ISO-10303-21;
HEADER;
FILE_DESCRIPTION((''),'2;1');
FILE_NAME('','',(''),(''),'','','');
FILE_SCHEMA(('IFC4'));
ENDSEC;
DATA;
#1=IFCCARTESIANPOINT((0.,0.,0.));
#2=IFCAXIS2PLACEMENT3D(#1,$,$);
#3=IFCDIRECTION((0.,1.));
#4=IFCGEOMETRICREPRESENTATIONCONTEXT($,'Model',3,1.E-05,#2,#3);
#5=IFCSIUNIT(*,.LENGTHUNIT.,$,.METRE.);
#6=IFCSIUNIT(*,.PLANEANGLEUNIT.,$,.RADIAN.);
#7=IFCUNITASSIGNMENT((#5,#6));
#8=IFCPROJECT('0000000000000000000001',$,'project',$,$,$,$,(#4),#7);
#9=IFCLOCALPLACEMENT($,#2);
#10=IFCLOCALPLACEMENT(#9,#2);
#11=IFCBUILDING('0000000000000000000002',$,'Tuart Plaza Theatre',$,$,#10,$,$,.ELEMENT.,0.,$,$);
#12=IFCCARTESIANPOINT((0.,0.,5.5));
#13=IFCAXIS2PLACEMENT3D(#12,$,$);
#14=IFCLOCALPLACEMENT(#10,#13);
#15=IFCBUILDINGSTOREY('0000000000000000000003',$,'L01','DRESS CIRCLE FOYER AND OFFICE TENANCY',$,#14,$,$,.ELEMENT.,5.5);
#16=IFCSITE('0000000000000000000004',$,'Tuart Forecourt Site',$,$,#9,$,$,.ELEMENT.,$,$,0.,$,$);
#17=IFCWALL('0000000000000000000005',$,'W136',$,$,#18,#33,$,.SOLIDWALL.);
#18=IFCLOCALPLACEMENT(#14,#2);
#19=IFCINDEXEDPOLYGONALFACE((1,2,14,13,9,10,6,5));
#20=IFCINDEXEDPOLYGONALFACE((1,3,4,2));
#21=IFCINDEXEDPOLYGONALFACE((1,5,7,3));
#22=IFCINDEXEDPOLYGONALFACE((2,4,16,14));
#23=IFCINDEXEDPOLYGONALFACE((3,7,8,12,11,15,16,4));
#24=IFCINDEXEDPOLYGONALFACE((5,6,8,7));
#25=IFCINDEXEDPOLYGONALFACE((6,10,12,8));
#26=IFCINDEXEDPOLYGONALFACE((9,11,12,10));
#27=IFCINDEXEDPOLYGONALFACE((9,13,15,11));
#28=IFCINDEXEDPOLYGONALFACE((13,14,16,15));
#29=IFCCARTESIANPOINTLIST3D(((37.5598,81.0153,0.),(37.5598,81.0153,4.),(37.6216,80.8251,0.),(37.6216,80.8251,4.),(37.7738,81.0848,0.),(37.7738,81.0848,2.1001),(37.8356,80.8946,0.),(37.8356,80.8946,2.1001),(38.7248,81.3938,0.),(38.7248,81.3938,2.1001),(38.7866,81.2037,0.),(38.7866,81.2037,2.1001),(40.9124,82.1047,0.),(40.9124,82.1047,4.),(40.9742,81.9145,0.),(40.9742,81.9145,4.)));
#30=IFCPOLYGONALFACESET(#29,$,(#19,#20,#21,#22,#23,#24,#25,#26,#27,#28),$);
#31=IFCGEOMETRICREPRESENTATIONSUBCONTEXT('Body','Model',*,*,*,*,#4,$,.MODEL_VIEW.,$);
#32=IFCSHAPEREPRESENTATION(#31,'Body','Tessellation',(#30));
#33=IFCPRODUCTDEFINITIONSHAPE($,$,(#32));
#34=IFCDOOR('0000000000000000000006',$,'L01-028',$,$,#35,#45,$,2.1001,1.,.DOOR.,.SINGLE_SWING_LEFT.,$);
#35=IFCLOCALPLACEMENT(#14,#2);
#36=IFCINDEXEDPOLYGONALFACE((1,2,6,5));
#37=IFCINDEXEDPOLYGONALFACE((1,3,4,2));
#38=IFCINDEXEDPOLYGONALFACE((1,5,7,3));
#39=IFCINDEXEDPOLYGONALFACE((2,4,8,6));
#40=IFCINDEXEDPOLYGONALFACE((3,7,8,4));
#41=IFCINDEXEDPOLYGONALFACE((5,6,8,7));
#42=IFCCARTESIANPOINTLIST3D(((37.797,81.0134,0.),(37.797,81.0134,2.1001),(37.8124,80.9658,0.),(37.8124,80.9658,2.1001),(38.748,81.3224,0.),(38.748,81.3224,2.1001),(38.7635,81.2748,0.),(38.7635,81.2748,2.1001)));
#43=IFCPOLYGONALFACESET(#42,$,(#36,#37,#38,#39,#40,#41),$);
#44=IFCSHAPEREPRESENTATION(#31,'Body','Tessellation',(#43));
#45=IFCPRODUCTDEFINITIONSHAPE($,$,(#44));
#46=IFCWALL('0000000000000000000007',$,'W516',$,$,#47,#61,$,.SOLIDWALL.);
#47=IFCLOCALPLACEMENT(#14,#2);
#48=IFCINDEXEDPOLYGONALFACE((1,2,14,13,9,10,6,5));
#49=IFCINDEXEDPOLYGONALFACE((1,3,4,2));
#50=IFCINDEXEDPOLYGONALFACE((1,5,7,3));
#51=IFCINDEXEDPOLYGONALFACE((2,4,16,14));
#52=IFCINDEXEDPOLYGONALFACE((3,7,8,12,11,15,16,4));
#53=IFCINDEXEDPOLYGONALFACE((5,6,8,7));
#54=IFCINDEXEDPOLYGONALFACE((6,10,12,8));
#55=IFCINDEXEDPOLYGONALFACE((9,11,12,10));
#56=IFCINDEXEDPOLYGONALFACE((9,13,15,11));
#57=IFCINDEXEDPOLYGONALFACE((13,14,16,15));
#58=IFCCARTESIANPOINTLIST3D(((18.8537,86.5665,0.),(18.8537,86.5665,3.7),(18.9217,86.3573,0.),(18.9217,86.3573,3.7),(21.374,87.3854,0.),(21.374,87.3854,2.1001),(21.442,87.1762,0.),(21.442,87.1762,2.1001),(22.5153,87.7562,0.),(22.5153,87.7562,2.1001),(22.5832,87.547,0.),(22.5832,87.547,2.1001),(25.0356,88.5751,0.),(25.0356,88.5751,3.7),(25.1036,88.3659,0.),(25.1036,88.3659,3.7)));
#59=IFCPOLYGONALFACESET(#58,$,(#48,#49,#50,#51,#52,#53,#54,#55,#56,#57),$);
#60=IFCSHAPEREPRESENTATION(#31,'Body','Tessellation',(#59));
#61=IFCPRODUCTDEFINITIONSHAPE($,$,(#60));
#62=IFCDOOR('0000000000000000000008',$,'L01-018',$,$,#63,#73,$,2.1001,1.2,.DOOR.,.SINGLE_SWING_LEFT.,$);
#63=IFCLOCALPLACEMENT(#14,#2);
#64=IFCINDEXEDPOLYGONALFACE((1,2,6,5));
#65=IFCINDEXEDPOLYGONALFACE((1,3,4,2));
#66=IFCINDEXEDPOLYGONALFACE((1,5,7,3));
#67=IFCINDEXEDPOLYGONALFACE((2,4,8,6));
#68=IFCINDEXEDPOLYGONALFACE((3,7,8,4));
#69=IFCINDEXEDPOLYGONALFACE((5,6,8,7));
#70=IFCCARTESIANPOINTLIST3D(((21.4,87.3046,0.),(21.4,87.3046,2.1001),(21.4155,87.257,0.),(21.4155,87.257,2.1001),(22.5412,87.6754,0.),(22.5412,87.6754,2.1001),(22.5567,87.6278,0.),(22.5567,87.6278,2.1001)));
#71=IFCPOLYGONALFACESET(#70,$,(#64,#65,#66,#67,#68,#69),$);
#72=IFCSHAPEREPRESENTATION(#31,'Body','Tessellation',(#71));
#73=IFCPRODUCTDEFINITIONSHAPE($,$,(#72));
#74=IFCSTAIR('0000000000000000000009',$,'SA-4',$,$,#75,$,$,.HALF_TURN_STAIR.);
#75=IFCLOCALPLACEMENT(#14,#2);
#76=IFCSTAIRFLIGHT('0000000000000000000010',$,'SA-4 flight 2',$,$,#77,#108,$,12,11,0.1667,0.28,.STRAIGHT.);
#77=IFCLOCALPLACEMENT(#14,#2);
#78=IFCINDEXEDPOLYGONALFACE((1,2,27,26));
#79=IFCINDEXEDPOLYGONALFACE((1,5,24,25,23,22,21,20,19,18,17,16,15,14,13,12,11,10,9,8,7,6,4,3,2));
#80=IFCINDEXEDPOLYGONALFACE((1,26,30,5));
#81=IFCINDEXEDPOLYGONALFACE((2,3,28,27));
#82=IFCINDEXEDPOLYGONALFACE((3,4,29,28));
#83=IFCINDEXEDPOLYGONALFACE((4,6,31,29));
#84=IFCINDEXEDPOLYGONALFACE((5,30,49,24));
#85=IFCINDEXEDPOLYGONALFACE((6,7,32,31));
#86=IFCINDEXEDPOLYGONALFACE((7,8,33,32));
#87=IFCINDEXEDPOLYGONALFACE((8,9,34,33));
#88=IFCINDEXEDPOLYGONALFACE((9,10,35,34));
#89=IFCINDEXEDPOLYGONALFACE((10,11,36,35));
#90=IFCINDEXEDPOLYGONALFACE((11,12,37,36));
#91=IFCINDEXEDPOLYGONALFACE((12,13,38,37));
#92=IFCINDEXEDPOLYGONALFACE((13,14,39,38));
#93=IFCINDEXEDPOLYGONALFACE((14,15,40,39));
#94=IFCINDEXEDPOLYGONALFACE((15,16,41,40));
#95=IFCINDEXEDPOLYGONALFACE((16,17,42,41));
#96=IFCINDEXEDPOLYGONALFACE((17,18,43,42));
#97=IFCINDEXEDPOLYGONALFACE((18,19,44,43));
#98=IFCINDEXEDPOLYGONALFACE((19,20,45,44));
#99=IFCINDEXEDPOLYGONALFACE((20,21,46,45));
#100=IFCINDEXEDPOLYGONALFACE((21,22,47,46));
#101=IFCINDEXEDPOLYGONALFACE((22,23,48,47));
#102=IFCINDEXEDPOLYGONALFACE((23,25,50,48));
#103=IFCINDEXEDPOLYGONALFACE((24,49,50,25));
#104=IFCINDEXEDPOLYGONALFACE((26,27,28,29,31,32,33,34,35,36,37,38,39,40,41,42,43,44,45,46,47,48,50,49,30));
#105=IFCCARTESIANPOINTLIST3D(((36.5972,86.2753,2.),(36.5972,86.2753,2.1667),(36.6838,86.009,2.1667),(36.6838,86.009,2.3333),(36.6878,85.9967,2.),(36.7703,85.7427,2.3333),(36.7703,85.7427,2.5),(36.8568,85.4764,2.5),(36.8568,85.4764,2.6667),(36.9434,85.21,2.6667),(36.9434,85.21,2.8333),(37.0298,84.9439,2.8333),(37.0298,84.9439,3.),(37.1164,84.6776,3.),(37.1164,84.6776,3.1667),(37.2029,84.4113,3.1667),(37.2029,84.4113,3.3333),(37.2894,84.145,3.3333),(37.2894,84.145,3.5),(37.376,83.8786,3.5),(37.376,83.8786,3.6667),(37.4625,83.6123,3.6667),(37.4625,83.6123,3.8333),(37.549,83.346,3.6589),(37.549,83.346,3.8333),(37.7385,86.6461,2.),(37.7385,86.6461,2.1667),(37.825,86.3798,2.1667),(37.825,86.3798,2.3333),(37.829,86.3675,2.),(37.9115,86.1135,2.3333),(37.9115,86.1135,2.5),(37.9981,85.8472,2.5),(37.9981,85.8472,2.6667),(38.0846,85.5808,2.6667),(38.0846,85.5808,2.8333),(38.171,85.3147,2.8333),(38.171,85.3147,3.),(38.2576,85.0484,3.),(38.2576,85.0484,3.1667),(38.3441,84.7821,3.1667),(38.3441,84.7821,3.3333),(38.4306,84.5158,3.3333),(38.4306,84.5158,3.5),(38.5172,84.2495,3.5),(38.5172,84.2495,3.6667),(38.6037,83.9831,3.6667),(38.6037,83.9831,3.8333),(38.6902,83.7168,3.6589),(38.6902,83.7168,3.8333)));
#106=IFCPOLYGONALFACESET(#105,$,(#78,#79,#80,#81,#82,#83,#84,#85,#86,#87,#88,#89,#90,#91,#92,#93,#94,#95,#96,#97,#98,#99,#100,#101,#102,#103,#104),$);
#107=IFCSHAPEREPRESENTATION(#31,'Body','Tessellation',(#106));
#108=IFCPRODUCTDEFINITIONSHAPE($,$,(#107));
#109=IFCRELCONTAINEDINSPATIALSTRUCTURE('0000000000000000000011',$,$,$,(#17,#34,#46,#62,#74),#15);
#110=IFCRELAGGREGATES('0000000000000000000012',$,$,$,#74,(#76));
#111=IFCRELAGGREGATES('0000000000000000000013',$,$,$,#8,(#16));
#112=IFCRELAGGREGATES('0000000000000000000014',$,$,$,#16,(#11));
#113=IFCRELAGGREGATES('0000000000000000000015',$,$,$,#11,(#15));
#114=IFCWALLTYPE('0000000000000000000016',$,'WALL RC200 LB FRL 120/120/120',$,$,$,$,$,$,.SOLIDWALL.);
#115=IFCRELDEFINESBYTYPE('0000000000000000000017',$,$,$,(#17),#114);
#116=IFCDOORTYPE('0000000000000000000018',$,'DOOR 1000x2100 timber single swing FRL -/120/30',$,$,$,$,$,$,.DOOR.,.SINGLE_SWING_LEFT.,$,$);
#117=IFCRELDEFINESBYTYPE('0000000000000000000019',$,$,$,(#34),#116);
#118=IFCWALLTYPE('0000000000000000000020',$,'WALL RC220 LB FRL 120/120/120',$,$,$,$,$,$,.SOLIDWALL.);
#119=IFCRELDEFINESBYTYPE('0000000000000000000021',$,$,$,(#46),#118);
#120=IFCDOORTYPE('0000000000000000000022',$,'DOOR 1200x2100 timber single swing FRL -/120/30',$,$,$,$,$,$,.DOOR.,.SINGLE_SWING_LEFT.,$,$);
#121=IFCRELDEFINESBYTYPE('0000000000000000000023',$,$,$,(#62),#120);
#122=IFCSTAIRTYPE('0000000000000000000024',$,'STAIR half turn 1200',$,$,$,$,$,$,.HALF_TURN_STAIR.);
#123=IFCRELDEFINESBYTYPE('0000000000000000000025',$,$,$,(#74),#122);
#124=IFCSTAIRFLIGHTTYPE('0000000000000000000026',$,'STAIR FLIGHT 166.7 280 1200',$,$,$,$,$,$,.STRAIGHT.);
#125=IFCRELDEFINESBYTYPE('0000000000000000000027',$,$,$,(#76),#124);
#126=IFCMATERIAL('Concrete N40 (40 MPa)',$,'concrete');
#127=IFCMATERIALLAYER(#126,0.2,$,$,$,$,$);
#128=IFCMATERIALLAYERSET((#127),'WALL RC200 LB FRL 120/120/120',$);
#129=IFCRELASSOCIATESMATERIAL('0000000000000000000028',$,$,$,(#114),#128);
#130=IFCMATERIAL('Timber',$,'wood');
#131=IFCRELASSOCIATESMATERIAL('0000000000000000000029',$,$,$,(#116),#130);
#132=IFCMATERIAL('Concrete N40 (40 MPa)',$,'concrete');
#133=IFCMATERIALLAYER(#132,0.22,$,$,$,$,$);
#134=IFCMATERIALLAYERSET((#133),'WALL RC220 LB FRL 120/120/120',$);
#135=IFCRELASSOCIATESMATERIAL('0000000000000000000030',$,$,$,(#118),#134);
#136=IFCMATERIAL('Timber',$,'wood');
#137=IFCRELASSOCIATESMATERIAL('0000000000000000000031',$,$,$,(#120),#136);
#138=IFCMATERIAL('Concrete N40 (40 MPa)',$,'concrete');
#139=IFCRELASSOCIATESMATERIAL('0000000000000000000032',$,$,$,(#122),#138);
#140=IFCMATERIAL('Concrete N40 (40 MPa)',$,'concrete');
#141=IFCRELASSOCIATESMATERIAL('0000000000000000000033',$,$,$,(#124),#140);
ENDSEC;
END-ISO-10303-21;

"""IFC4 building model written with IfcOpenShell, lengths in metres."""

from ifc_helpers import new_model, si_unit, direction, frame, frame_2d, origin, place, context, subcontext, project, spatial, polyline, rectangle, outline, extrude, material, layer, layer_set, type_object, element, fill, aggregate, save


model = new_model("IFC4")

# Units and contexts
model_context = context("Model", 3, precision=1e-05, world=origin(), true_north=direction((0.0, 1.0)))
body_context = subcontext(model_context, "Body", "Model", "MODEL_VIEW")
ifc_project = project(units=[si_unit("LENGTHUNIT", "METRE"), si_unit("PLANEANGLEUNIT", "RADIAN")], contexts=[model_context])

# Site, building, storey
site_placement = place(None, origin())
site = spatial("IfcSite", under=ifc_project, at=site_placement, Name="Tuart Forecourt Site", CompositionType="ELEMENT", RefElevation=0.0)
building_placement = place(site_placement, origin())
building = spatial("IfcBuilding", under=site, at=building_placement, Name="Tuart Plaza Theatre", CompositionType="ELEMENT", ElevationOfRefHeight=0.0)
storey_placement = place(building_placement, frame((0.0, 0.0, 5.5)))
storey = spatial("IfcBuildingStorey", under=building, at=storey_placement, Name="L01", Description="DRESS CIRCLE FOYER AND OFFICE TENANCY", CompositionType="ELEMENT", Elevation=5.5)

# Walls, openings, doors
ifc_material_1 = material(Name="Concrete N40 (40 MPa)", Category="concrete")
ifc_layer_1 = layer(ifc_material_1, 0.2)
ifc_layer_set_1 = layer_set([ifc_layer_1], Name="WALL RC200 LB FRL 120/120/120")
wall_type_1 = type_object("IfcWallType", Name="WALL RC200 LB FRL 120/120/120", PredefinedType="SOLIDWALL", material=ifc_layer_set_1)
wall_1_placement = place(storey_placement, frame((37.5906, 80.9202, 0.0), z_axis=(0.0, 0.0, 1.0), x_axis=(0.951052, 0.30903, 0.0)))
wall_1 = element("IfcWall", 1, at=wall_1_placement, inside=storey, type_object=wall_type_1, Name="W136", PredefinedType="SOLIDWALL", context=body_context, shape_type="SweptSolid", body=[
    extrude(rectangle(XDim=3.5251, YDim=0.2, at=frame_2d((1.7627, 0.0))), origin(), (0.0, 0.0, 1.0), 4.0),
])
opening_1_placement = place(wall_1_placement, frame((0.2251, 0.0, 0.0)))
opening_1 = element("IfcOpeningElement", 2, at=opening_1_placement, cuts=wall_1, PredefinedType="OPENING", context=body_context, shape_type="SweptSolid", body=[
    extrude(rectangle(XDim=1.0, YDim=2.1001, at=frame_2d((0.5, 1.05))), frame((0.0, 0.1099, 0.0), z_axis=(0.0, -1.0, 0.0), x_axis=(1.0, 0.0, 0.0)), (0.0, 0.0, 1.0), 0.22),
])
ifc_material_2 = material(Name="Timber", Category="wood")
door_type_1 = type_object("IfcDoorType", Name="DOOR 1000x2100 timber single swing FRL -/120/30", OperationType="SINGLE_SWING_LEFT", PredefinedType="DOOR", material=ifc_material_2)
door_1_placement = place(opening_1_placement, origin())
door_1 = element("IfcDoor", 3, at=door_1_placement, inside=storey, type_object=door_type_1, Name="L01-028", OperationType="SINGLE_SWING_LEFT", OverallHeight=2.1001, OverallWidth=1.0, PredefinedType="DOOR", context=body_context, shape_type="SweptSolid", body=[
    extrude(rectangle(XDim=1.0, YDim=2.1001, at=frame_2d((0.5, 1.05))), frame((0.0, 0.0249, 0.0), z_axis=(0.0, -1.0, 0.0), x_axis=(1.0, 0.0, 0.0)), (0.0, 0.0, 1.0), 0.05),
])
fill(opening_1, door_1)
ifc_material_3 = material(Name="Concrete N40 (40 MPa)", Category="concrete")
ifc_layer_2 = layer(ifc_material_3, 0.22)
ifc_layer_set_2 = layer_set([ifc_layer_2], Name="WALL RC220 LB FRL 120/120/120")
wall_type_2 = type_object("IfcWallType", Name="WALL RC220 LB FRL 120/120/120", PredefinedType="SOLIDWALL", material=ifc_layer_set_2)
wall_2_placement = place(storey_placement, frame((18.8877, 86.4619, 0.0), z_axis=(0.0, 0.0, 1.0), x_axis=(0.95106, 0.309007, 0.0)))
wall_2 = element("IfcWall", 4, at=wall_2_placement, inside=storey, type_object=wall_type_2, Name="W516", PredefinedType="SOLIDWALL", context=body_context, shape_type="SweptSolid", body=[
    extrude(rectangle(XDim=6.5, YDim=0.22, at=frame_2d((3.25, 0.0))), origin(), (0.0, 0.0, 1.0), 3.7),
])
opening_2_placement = place(wall_2_placement, frame((2.6499, 0.0, 0.0)))
opening_2 = element("IfcOpeningElement", 5, at=opening_2_placement, cuts=wall_2, PredefinedType="OPENING", context=body_context, shape_type="SweptSolid", body=[
    extrude(rectangle(XDim=1.2, YDim=2.1001, at=frame_2d((0.6001, 1.05))), frame((0.0, 0.1199, 0.0), z_axis=(0.0, -1.0, 0.0), x_axis=(1.0, 0.0, 0.0)), (0.0, 0.0, 1.0), 0.24),
])
ifc_material_4 = material(Name="Timber", Category="wood")
door_type_2 = type_object("IfcDoorType", Name="DOOR 1200x2100 timber single swing FRL -/120/30", OperationType="SINGLE_SWING_LEFT", PredefinedType="DOOR", material=ifc_material_4)
door_2_placement = place(opening_2_placement, frame((1.2, 0.0, 0.0), z_axis=(0.0, 0.0, 1.0), x_axis=(-1.0, 0.0, 0.0)))
door_2 = element("IfcDoor", 6, at=door_2_placement, inside=storey, type_object=door_type_2, Name="L01-018", OperationType="SINGLE_SWING_LEFT", OverallHeight=2.1001, OverallWidth=1.2, PredefinedType="DOOR", context=body_context, shape_type="SweptSolid", body=[
    extrude(rectangle(XDim=1.2, YDim=2.1001, at=frame_2d((0.6001, 1.05))), frame((0.0, 0.0249, 0.0), z_axis=(0.0, -1.0, 0.0), x_axis=(1.0, 0.0, 0.0)), (0.0, 0.0, 1.0), 0.05),
])
fill(opening_2, door_2)

# Stair, stair flight
ifc_material_5 = material(Name="Concrete N40 (40 MPa)", Category="concrete")
stair_type = type_object("IfcStairType", Name="STAIR half turn 1200", PredefinedType="HALF_TURN_STAIR", material=ifc_material_5)
stair_placement = place(storey_placement, origin())
stair = element("IfcStair", 7, at=stair_placement, inside=storey, type_object=stair_type, Name="SA-4", PredefinedType="HALF_TURN_STAIR")
ifc_material_6 = material(Name="Concrete N40 (40 MPa)", Category="concrete")
stair_flight_type = type_object("IfcStairFlightType", Name="STAIR FLIGHT 166.7 280 1200", PredefinedType="STRAIGHT", material=ifc_material_6)
stair_flight_placement = place(storey_placement, frame((37.1677, 86.4607, 2.0), z_axis=(0.0, 0.0, 1.0), x_axis=(0.309017, -0.951057, 0.0)))
stair_flight = element("IfcStairFlight", 8, at=stair_flight_placement, type_object=stair_flight_type, Name="SA-4 flight 2", NumberOfRisers=12, NumberOfTreads=11, PredefinedType="STRAIGHT", RiserHeight=0.1667, TreadLength=0.28, context=body_context, shape_type="SweptSolid", body=[
    extrude(outline(polyline([(0.0, 0.0), (0.0, 0.1667), (0.28, 0.1667), (0.28, 0.3333), (0.5601, 0.3333), (0.5601, 0.5), (0.8401, 0.5), (0.8401, 0.6667), (1.1201, 0.6667), (1.1201, 0.8333), (1.3999, 0.8333), (1.3999, 1.0), (1.6799, 1.0), (1.6799, 1.1667), (1.96, 1.1667), (1.96, 1.3333), (2.24, 1.3333), (2.24, 1.5), (2.52, 1.5), (2.52, 1.6667), (2.8, 1.6667), (2.8, 1.8333), (3.0801, 1.8333), (3.0801, 2.0), (3.0801, 1.6589), (0.293, 0.0), (0.0, 0.0)])), frame((0.0, 0.6001, 0.0), z_axis=(0.0, -1.0, 0.0), x_axis=(1.0, 0.0, 0.0)), (0.0, 0.0, 1.0), 1.2),
])
aggregate(stair, [stair_flight])

save(model, "model.ifc")
